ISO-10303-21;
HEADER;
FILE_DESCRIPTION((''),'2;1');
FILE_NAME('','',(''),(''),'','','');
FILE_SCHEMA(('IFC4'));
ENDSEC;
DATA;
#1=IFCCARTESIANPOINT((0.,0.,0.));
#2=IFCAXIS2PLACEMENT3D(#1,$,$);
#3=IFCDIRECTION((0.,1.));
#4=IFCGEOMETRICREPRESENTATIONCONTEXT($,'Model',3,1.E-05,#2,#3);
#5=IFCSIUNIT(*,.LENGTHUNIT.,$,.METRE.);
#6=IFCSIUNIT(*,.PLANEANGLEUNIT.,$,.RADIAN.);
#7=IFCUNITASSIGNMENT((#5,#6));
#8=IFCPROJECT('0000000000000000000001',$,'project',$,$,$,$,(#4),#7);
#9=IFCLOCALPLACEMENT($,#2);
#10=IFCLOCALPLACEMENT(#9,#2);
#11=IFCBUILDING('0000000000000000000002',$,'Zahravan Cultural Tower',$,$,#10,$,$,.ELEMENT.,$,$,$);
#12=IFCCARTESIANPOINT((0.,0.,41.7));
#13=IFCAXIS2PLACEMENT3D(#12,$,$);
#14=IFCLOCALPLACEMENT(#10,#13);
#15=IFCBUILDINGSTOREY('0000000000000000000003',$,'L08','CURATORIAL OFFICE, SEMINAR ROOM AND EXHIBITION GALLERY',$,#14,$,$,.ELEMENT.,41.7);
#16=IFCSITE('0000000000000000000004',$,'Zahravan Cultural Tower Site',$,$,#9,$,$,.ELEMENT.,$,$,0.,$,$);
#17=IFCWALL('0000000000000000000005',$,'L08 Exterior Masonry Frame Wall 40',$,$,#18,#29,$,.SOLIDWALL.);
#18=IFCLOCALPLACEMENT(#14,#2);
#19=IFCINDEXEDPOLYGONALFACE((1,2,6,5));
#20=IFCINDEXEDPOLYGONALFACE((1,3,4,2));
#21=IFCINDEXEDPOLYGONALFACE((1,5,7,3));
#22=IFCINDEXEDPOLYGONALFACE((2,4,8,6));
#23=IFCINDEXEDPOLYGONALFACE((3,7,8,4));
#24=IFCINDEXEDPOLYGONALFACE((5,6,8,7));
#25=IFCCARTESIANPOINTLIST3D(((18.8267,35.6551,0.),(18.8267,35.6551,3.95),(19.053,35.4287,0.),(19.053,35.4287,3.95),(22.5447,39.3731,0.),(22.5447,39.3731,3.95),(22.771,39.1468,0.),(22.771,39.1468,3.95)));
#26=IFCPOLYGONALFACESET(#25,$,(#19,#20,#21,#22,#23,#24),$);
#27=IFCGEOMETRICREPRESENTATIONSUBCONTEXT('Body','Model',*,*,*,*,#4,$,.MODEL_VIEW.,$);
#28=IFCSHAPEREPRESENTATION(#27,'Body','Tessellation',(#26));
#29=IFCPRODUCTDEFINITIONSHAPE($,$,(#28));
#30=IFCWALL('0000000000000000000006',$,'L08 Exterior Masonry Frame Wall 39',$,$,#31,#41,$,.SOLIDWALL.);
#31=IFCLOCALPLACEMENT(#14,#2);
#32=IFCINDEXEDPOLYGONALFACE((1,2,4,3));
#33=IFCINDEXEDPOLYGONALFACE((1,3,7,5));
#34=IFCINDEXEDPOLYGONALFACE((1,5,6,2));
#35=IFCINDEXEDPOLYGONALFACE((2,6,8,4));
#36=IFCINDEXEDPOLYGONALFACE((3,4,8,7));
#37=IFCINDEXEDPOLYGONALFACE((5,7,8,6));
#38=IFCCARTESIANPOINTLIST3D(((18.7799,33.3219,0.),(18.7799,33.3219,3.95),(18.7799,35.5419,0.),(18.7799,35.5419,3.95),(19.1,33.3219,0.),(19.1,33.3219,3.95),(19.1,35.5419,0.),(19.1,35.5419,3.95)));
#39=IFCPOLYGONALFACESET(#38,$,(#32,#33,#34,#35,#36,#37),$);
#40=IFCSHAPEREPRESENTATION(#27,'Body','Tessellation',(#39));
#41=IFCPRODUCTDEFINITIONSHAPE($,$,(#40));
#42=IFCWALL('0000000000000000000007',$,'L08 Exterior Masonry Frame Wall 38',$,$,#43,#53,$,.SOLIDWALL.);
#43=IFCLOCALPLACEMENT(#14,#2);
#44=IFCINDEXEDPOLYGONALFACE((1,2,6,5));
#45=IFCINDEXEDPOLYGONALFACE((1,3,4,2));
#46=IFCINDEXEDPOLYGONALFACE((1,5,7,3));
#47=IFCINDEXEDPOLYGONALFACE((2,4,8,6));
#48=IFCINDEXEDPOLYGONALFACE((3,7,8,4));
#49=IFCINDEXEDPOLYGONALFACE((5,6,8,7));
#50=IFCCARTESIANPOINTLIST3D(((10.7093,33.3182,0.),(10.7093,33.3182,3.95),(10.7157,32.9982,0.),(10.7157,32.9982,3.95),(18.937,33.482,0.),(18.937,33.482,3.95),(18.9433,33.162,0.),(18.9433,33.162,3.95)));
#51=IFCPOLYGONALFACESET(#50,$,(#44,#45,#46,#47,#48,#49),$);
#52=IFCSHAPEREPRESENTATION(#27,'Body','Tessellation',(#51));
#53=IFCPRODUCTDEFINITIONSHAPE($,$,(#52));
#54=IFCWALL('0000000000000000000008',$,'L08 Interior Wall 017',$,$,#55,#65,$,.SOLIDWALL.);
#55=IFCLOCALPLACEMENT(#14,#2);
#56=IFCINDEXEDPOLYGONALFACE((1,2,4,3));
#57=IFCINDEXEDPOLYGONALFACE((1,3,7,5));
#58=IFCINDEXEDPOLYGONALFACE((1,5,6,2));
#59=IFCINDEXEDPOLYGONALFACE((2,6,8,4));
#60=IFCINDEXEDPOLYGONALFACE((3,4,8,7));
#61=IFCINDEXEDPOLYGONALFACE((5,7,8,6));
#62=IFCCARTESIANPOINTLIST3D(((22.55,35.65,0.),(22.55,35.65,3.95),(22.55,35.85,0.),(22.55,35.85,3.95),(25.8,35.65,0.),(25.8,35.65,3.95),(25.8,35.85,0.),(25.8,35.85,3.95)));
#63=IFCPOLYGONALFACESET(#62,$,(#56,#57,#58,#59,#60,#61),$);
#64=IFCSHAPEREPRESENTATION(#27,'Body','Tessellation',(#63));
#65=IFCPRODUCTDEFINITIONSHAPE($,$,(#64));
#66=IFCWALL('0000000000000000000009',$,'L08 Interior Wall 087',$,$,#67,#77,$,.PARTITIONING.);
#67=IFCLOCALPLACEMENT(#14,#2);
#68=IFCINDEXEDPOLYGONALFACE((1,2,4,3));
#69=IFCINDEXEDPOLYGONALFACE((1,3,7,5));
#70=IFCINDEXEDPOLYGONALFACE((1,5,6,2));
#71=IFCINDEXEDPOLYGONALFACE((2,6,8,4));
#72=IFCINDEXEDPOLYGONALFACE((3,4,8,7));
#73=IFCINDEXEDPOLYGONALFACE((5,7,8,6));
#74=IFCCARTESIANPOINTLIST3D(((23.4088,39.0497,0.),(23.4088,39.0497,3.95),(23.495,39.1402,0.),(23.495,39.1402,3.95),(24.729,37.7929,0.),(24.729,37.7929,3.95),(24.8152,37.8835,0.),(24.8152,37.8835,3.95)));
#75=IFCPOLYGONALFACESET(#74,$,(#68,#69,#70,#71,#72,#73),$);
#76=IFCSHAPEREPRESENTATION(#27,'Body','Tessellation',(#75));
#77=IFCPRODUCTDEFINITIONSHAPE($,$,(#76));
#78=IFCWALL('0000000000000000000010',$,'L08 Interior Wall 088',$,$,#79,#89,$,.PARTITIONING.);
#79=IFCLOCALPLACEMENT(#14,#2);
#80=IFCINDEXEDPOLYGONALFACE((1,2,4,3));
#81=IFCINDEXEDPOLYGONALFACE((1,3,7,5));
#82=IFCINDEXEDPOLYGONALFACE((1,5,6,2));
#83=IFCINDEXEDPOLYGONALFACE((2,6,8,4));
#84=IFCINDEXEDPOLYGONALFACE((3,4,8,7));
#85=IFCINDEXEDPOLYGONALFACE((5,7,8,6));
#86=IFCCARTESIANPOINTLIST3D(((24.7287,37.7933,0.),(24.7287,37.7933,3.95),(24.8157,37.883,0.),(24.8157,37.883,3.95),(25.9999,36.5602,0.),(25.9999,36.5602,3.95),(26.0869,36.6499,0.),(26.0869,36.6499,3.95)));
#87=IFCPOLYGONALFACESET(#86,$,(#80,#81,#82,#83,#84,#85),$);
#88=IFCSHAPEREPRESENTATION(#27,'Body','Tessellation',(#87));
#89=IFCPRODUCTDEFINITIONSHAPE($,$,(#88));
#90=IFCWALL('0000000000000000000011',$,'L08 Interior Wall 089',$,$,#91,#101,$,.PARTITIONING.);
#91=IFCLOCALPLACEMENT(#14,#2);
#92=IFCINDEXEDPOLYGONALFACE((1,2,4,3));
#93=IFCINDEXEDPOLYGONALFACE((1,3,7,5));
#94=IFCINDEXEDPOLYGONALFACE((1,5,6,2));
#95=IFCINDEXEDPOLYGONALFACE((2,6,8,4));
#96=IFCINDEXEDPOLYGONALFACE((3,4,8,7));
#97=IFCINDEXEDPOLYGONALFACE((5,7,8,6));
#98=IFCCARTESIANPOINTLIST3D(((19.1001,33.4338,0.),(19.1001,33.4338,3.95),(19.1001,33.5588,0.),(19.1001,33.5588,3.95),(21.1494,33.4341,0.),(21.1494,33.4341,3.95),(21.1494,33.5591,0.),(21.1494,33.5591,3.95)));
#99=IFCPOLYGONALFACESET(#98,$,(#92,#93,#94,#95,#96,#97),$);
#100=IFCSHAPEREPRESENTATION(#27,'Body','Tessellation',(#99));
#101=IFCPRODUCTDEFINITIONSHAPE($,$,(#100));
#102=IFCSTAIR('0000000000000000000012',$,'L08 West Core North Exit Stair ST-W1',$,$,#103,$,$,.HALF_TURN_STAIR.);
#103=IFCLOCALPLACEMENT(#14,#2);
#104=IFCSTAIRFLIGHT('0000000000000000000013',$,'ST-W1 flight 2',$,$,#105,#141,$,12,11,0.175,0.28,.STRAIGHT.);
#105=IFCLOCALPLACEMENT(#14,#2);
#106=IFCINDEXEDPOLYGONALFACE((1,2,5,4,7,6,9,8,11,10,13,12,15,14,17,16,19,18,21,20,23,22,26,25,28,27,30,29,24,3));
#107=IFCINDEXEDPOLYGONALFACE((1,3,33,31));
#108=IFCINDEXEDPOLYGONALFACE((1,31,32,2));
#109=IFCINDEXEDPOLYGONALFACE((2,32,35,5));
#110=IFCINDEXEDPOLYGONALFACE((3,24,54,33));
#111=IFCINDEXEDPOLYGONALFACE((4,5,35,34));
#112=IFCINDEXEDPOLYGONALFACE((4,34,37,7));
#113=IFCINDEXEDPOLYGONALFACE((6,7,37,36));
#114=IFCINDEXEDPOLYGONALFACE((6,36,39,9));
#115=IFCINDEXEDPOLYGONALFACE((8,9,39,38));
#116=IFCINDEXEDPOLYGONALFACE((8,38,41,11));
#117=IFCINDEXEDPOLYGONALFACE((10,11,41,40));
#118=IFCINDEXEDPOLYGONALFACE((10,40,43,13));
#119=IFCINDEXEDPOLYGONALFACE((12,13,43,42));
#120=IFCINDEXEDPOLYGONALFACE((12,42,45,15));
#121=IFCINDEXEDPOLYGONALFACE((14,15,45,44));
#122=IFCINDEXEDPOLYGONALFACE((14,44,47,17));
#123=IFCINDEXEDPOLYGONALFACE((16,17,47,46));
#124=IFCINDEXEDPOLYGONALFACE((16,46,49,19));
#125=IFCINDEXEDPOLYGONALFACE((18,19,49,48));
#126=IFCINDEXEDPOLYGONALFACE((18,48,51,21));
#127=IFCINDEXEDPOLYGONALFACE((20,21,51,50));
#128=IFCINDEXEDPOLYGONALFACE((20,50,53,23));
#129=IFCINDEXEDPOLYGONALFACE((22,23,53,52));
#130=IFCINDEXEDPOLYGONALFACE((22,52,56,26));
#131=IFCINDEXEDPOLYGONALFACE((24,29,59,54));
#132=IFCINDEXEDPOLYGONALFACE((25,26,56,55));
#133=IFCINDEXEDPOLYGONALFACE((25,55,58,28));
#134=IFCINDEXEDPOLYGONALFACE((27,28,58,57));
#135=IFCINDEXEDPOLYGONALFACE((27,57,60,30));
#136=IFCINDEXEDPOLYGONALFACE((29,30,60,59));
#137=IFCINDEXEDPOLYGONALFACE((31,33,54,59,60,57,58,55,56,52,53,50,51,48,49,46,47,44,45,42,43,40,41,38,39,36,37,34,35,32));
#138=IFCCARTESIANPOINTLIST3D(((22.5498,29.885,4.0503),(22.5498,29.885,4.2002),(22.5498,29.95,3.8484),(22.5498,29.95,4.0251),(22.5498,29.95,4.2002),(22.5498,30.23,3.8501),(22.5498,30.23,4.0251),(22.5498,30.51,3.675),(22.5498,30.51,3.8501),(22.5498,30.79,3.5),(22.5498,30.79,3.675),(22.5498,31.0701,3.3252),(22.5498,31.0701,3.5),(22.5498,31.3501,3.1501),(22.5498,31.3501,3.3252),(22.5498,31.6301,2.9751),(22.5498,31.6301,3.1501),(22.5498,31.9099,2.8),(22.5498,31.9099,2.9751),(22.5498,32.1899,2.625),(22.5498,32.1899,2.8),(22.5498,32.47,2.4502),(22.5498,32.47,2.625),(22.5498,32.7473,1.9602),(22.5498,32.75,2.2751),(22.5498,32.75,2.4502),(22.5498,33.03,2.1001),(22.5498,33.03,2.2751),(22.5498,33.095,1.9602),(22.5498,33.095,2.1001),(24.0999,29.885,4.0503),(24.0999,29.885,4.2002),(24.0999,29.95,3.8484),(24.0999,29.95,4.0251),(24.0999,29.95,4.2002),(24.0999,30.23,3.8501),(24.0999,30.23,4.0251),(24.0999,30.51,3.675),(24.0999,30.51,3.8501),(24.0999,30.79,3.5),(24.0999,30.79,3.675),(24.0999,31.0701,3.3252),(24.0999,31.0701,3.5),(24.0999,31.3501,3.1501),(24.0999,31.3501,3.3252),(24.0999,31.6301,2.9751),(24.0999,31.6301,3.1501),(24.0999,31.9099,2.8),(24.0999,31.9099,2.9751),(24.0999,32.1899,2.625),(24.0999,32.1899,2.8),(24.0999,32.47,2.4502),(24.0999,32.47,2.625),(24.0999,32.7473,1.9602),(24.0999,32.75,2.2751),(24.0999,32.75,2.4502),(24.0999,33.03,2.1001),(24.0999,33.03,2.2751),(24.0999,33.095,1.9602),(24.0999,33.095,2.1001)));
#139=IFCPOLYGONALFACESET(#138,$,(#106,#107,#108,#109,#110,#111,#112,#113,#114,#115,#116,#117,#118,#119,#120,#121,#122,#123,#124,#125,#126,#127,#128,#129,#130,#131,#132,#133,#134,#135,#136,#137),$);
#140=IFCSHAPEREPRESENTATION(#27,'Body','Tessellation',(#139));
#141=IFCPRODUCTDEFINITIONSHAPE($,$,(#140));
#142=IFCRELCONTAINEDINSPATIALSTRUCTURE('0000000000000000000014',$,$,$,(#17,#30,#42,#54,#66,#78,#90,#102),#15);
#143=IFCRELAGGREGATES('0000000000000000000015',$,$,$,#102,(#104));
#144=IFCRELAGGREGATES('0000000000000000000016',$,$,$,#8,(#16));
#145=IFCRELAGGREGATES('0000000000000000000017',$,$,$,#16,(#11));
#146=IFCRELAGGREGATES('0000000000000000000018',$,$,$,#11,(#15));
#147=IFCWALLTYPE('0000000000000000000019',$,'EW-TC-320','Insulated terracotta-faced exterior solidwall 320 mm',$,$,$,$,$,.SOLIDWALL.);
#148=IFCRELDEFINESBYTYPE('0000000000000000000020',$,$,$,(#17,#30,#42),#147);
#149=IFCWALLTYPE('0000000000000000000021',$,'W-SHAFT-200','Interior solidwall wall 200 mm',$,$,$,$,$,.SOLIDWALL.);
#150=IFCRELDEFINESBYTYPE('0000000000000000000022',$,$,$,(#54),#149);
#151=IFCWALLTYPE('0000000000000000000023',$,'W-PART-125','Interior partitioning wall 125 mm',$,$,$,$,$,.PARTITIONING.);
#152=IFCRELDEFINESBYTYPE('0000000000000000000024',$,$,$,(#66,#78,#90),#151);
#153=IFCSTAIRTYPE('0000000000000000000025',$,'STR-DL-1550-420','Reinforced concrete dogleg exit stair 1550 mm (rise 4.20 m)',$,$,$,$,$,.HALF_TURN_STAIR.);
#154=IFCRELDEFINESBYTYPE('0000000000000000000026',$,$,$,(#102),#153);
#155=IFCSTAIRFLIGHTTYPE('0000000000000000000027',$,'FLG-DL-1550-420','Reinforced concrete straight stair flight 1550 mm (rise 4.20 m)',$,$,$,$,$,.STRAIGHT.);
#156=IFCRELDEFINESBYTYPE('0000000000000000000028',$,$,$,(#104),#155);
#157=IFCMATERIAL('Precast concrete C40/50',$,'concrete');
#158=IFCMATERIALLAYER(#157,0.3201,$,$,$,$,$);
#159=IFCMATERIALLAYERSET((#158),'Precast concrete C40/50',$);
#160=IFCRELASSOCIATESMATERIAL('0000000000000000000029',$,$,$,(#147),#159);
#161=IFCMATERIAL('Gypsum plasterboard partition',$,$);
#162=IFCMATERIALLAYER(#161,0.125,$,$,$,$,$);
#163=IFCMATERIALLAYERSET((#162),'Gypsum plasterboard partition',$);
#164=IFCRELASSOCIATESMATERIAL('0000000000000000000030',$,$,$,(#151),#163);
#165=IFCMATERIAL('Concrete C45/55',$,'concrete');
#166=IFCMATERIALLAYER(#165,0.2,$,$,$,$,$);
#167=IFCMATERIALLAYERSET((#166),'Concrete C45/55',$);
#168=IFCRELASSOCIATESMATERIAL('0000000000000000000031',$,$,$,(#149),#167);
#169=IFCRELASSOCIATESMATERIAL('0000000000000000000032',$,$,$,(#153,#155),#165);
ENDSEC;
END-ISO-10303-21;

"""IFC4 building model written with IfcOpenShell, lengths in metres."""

from ifc_helpers import new_model, si_unit, direction, frame, frame_2d, origin, place, context, subcontext, project, spatial, polyline, rectangle, outline, extrude, source, transform, mapped, material, layer, layer_set, type_object, element, aggregate, save


model = new_model("IFC4")

# Units and contexts
model_context = context("Model", 3, precision=1e-05, world=origin(), true_north=direction((0.0, 1.0)))
body_context = subcontext(model_context, "Body", "Model", "MODEL_VIEW")
ifc_project = project(units=[si_unit("LENGTHUNIT", "METRE"), si_unit("PLANEANGLEUNIT", "RADIAN")], contexts=[model_context])

# Site, building, storey
site_placement = place(None, origin())
site = spatial("IfcSite", under=ifc_project, at=site_placement, Name="Zahravan Cultural Tower Site", CompositionType="ELEMENT", RefElevation=0.0)
building_placement = place(site_placement, origin())
building = spatial("IfcBuilding", under=site, at=building_placement, Name="Zahravan Cultural Tower", CompositionType="ELEMENT")
storey_placement = place(building_placement, frame((0.0, 0.0, 41.7)))
storey = spatial("IfcBuildingStorey", under=building, at=storey_placement, Name="L08", Description="CURATORIAL OFFICE, SEMINAR ROOM AND EXHIBITION GALLERY", CompositionType="ELEMENT", Elevation=41.7)

# Shared definitions
ifc_material_1 = material(Name="Precast concrete C40/50", Category="concrete")
ifc_layer_1 = layer(ifc_material_1, 0.3201)
ifc_layer_set_1 = layer_set([ifc_layer_1], Name="Precast concrete C40/50")
wall_type_1 = type_object("IfcWallType", Name="EW-TC-320", Description="Insulated terracotta-faced exterior solidwall 320 mm", PredefinedType="SOLIDWALL", material=ifc_layer_set_1)
ifc_material_2 = material(Name="Gypsum plasterboard partition")
ifc_layer_2 = layer(ifc_material_2, 0.125)
ifc_layer_set_2 = layer_set([ifc_layer_2], Name="Gypsum plasterboard partition")
wall_type_2 = type_object("IfcWallType", Name="W-PART-125", Description="Interior partitioning wall 125 mm", PredefinedType="PARTITIONING", material=ifc_layer_set_2)
ifc_material_3 = material(Name="Concrete C45/55", Category="concrete")
ifc_layer_3 = layer(ifc_material_3, 0.2)
ifc_layer_set_3 = layer_set([ifc_layer_3], Name="Concrete C45/55")
wall_type_3 = type_object("IfcWallType", Name="W-SHAFT-200", Description="Interior solidwall wall 200 mm", PredefinedType="SOLIDWALL", material=ifc_layer_set_3)

# Walls
shared_shape_1 = source(origin(), body_context, "Body", "SweptSolid", [
    extrude(rectangle(XDim=5.2581, YDim=0.3201, at=frame_2d((2.6289, 0.0))), origin(), (0.0, 0.0, 1.0), 3.95),
])
wall_1_placement = place(storey_placement, frame((18.9399, 35.542, 0.0), z_axis=(0.0, 0.0, 1.0), x_axis=(0.707107, 0.707107, 0.0)))
element("IfcWall", 1, at=wall_1_placement, inside=storey, type_object=wall_type_1, Name="L08 Exterior Masonry Frame Wall 40", PredefinedType="SOLIDWALL", context=body_context, shape_type="MappedRepresentation", body=[
    mapped(shared_shape_1, transform((0.0, 0.0, 0.0), x_axis=(1.0, 0.0, 0.0), y_axis=(0.0, 1.0, 0.0), z_axis=(0.0, 0.0, 1.0), scale=1.0)),
])
shared_shape_2 = source(origin(), body_context, "Body", "SweptSolid", [
    extrude(rectangle(XDim=2.22, YDim=0.3201, at=frame_2d((1.1099, 0.0))), origin(), (0.0, 0.0, 1.0), 3.95),
])
wall_2_placement = place(storey_placement, frame((18.9399, 33.322, 0.0), z_axis=(0.0, 0.0, 1.0), x_axis=(0.0, 1.0, 0.0)))
element("IfcWall", 2, at=wall_2_placement, inside=storey, type_object=wall_type_1, Name="L08 Exterior Masonry Frame Wall 39", PredefinedType="SOLIDWALL", context=body_context, shape_type="MappedRepresentation", body=[
    mapped(shared_shape_2, transform((0.0, 0.0, 0.0), x_axis=(1.0, 0.0, 0.0), y_axis=(0.0, 1.0, 0.0), z_axis=(0.0, 0.0, 1.0), scale=1.0)),
])
shared_shape_3 = source(origin(), body_context, "Body", "SweptSolid", [
    extrude(rectangle(XDim=8.2292, YDim=0.3201, at=frame_2d((4.1147, 0.0))), origin(), (0.0, 0.0, 1.0), 3.95),
])
wall_3_placement = place(storey_placement, frame((10.7124, 33.1582, 0.0), z_axis=(0.0, 0.0, 1.0), x_axis=(0.999802, 0.019907, 0.0)))
element("IfcWall", 3, at=wall_3_placement, inside=storey, type_object=wall_type_1, Name="L08 Exterior Masonry Frame Wall 38", PredefinedType="SOLIDWALL", context=body_context, shape_type="MappedRepresentation", body=[
    mapped(shared_shape_3, transform((0.0, 0.0, 0.0), x_axis=(1.0, 0.0, 0.0), y_axis=(0.0, 1.0, 0.0), z_axis=(0.0, 0.0, 1.0), scale=1.0)),
])
shared_shape_4 = source(origin(), body_context, "Body", "SweptSolid", [
    extrude(rectangle(XDim=3.25, YDim=0.2, at=frame_2d((1.625, 0.0))), origin(), (0.0, 0.0, 1.0), 3.95),
])
wall_4_placement = place(storey_placement, frame((22.55, 35.75, 0.0), z_axis=(0.0, 0.0, 1.0), x_axis=(1.0, 0.0, 0.0)))
element("IfcWall", 4, at=wall_4_placement, inside=storey, type_object=wall_type_3, Name="L08 Interior Wall 017", PredefinedType="SOLIDWALL", context=body_context, shape_type="MappedRepresentation", body=[
    mapped(shared_shape_4, transform((0.0, 0.0, 0.0), x_axis=(1.0, 0.0, 0.0), y_axis=(0.0, 1.0, 0.0), z_axis=(0.0, 0.0, 1.0), scale=1.0)),
])
shared_shape_5 = source(origin(), body_context, "Body", "SweptSolid", [
    extrude(rectangle(XDim=1.8228, YDim=0.125, at=frame_2d((0.9114, 0.0))), origin(), (0.0, 0.0, 1.0), 3.95),
])
wall_5_placement = place(storey_placement, frame((23.4519, 39.095, 0.0), z_axis=(0.0, 0.0, 1.0), x_axis=(0.724304, -0.689481, 0.0)))
element("IfcWall", 5, at=wall_5_placement, inside=storey, type_object=wall_type_2, Name="L08 Interior Wall 087", PredefinedType="PARTITIONING", context=body_context, shape_type="MappedRepresentation", body=[
    mapped(shared_shape_5, transform((0.0, 0.0, 0.0), x_axis=(1.0, 0.0, 0.0), y_axis=(0.0, 1.0, 0.0), z_axis=(0.0, 0.0, 1.0), scale=1.0)),
])
shared_shape_6 = source(origin(), body_context, "Body", "SweptSolid", [
    extrude(rectangle(XDim=1.771, YDim=0.125, at=frame_2d((0.8855, 0.0))), origin(), (0.0, 0.0, 1.0), 3.95),
])
wall_6_placement = place(storey_placement, frame((24.7722, 37.8381, 0.0), z_axis=(0.0, 0.0, 1.0), x_axis=(0.717777, -0.696273, 0.0)))
element("IfcWall", 6, at=wall_6_placement, inside=storey, type_object=wall_type_2, Name="L08 Interior Wall 088", PredefinedType="PARTITIONING", context=body_context, shape_type="MappedRepresentation", body=[
    mapped(shared_shape_6, transform((0.0, 0.0, 0.0), x_axis=(1.0, 0.0, 0.0), y_axis=(0.0, 1.0, 0.0), z_axis=(0.0, 0.0, 1.0), scale=1.0)),
])
shared_shape_7 = source(origin(), body_context, "Body", "SweptSolid", [
    extrude(rectangle(XDim=2.0493, YDim=0.125, at=frame_2d((1.0247, 0.0))), origin(), (0.0, 0.0, 1.0), 3.95),
])
wall_7_placement = place(storey_placement, frame((21.1494, 33.4966, 0.0), z_axis=(0.0, 0.0, 1.0), x_axis=(-1.0, -0.000119, 0.0)))
element("IfcWall", 7, at=wall_7_placement, inside=storey, type_object=wall_type_2, Name="L08 Interior Wall 089", PredefinedType="PARTITIONING", context=body_context, shape_type="MappedRepresentation", body=[
    mapped(shared_shape_7, transform((0.0, 0.0, 0.0), x_axis=(1.0, 0.0, 0.0), y_axis=(0.0, 1.0, 0.0), z_axis=(0.0, 0.0, 1.0), scale=1.0)),
])

# Stair, stair flight
stair_type = type_object("IfcStairType", Name="STR-DL-1550-420", Description="Reinforced concrete dogleg exit stair 1550 mm (rise 4.20 m)", PredefinedType="HALF_TURN_STAIR", material=ifc_material_3)
stair_placement = place(storey_placement, origin())
stair = element("IfcStair", 8, at=stair_placement, inside=storey, type_object=stair_type, Name="L08 West Core North Exit Stair ST-W1", PredefinedType="HALF_TURN_STAIR")
stair_flight_type = type_object("IfcStairFlightType", Name="FLG-DL-1550-420", Description="Reinforced concrete straight stair flight 1550 mm (rise 4.20 m)", PredefinedType="STRAIGHT", material=ifc_material_3)
stair_flight_placement = place(storey_placement, frame((23.325, 33.03, 2.1001), z_axis=(0.0, 0.0, 1.0), x_axis=(0.0, -1.0, 0.0)))
stair_flight = element("IfcStairFlight", 9, at=stair_flight_placement, type_object=stair_flight_type, Name="ST-W1 flight 2", NumberOfRisers=12, NumberOfTreads=11, PredefinedType="STRAIGHT", RiserHeight=0.175, TreadLength=0.28, context=body_context, shape_type="SweptSolid", body=[
    extrude(outline(polyline([(-0.0649, -0.1399), (-0.0649, 0.0), (0.0, 0.0), (0.0, 0.175), (0.28, 0.175), (0.28, 0.3501), (0.5601, 0.3501), (0.5601, 0.5249), (0.8401, 0.5249), (0.8401, 0.7), (1.1201, 0.7), (1.1201, 0.875), (1.3999, 0.875), (1.3999, 1.05), (1.6799, 1.05), (1.6799, 1.2251), (1.96, 1.2251), (1.96, 1.3999), (2.24, 1.3999), (2.24, 1.575), (2.52, 1.575), (2.52, 1.75), (2.8, 1.75), (2.8, 1.925), (3.0801, 1.925), (3.0801, 2.1001), (3.145, 2.1001), (3.145, 1.9502), (3.0801, 1.7483), (0.2827, -0.1399), (-0.0649, -0.1399)])), frame((0.0, 0.7749, 0.0), z_axis=(0.0, -1.0, 0.0), x_axis=(1.0, 0.0, 0.0)), (0.0, 0.0, 1.0), 1.55),
])
aggregate(stair, [stair_flight])

save(model, "model.ifc")
